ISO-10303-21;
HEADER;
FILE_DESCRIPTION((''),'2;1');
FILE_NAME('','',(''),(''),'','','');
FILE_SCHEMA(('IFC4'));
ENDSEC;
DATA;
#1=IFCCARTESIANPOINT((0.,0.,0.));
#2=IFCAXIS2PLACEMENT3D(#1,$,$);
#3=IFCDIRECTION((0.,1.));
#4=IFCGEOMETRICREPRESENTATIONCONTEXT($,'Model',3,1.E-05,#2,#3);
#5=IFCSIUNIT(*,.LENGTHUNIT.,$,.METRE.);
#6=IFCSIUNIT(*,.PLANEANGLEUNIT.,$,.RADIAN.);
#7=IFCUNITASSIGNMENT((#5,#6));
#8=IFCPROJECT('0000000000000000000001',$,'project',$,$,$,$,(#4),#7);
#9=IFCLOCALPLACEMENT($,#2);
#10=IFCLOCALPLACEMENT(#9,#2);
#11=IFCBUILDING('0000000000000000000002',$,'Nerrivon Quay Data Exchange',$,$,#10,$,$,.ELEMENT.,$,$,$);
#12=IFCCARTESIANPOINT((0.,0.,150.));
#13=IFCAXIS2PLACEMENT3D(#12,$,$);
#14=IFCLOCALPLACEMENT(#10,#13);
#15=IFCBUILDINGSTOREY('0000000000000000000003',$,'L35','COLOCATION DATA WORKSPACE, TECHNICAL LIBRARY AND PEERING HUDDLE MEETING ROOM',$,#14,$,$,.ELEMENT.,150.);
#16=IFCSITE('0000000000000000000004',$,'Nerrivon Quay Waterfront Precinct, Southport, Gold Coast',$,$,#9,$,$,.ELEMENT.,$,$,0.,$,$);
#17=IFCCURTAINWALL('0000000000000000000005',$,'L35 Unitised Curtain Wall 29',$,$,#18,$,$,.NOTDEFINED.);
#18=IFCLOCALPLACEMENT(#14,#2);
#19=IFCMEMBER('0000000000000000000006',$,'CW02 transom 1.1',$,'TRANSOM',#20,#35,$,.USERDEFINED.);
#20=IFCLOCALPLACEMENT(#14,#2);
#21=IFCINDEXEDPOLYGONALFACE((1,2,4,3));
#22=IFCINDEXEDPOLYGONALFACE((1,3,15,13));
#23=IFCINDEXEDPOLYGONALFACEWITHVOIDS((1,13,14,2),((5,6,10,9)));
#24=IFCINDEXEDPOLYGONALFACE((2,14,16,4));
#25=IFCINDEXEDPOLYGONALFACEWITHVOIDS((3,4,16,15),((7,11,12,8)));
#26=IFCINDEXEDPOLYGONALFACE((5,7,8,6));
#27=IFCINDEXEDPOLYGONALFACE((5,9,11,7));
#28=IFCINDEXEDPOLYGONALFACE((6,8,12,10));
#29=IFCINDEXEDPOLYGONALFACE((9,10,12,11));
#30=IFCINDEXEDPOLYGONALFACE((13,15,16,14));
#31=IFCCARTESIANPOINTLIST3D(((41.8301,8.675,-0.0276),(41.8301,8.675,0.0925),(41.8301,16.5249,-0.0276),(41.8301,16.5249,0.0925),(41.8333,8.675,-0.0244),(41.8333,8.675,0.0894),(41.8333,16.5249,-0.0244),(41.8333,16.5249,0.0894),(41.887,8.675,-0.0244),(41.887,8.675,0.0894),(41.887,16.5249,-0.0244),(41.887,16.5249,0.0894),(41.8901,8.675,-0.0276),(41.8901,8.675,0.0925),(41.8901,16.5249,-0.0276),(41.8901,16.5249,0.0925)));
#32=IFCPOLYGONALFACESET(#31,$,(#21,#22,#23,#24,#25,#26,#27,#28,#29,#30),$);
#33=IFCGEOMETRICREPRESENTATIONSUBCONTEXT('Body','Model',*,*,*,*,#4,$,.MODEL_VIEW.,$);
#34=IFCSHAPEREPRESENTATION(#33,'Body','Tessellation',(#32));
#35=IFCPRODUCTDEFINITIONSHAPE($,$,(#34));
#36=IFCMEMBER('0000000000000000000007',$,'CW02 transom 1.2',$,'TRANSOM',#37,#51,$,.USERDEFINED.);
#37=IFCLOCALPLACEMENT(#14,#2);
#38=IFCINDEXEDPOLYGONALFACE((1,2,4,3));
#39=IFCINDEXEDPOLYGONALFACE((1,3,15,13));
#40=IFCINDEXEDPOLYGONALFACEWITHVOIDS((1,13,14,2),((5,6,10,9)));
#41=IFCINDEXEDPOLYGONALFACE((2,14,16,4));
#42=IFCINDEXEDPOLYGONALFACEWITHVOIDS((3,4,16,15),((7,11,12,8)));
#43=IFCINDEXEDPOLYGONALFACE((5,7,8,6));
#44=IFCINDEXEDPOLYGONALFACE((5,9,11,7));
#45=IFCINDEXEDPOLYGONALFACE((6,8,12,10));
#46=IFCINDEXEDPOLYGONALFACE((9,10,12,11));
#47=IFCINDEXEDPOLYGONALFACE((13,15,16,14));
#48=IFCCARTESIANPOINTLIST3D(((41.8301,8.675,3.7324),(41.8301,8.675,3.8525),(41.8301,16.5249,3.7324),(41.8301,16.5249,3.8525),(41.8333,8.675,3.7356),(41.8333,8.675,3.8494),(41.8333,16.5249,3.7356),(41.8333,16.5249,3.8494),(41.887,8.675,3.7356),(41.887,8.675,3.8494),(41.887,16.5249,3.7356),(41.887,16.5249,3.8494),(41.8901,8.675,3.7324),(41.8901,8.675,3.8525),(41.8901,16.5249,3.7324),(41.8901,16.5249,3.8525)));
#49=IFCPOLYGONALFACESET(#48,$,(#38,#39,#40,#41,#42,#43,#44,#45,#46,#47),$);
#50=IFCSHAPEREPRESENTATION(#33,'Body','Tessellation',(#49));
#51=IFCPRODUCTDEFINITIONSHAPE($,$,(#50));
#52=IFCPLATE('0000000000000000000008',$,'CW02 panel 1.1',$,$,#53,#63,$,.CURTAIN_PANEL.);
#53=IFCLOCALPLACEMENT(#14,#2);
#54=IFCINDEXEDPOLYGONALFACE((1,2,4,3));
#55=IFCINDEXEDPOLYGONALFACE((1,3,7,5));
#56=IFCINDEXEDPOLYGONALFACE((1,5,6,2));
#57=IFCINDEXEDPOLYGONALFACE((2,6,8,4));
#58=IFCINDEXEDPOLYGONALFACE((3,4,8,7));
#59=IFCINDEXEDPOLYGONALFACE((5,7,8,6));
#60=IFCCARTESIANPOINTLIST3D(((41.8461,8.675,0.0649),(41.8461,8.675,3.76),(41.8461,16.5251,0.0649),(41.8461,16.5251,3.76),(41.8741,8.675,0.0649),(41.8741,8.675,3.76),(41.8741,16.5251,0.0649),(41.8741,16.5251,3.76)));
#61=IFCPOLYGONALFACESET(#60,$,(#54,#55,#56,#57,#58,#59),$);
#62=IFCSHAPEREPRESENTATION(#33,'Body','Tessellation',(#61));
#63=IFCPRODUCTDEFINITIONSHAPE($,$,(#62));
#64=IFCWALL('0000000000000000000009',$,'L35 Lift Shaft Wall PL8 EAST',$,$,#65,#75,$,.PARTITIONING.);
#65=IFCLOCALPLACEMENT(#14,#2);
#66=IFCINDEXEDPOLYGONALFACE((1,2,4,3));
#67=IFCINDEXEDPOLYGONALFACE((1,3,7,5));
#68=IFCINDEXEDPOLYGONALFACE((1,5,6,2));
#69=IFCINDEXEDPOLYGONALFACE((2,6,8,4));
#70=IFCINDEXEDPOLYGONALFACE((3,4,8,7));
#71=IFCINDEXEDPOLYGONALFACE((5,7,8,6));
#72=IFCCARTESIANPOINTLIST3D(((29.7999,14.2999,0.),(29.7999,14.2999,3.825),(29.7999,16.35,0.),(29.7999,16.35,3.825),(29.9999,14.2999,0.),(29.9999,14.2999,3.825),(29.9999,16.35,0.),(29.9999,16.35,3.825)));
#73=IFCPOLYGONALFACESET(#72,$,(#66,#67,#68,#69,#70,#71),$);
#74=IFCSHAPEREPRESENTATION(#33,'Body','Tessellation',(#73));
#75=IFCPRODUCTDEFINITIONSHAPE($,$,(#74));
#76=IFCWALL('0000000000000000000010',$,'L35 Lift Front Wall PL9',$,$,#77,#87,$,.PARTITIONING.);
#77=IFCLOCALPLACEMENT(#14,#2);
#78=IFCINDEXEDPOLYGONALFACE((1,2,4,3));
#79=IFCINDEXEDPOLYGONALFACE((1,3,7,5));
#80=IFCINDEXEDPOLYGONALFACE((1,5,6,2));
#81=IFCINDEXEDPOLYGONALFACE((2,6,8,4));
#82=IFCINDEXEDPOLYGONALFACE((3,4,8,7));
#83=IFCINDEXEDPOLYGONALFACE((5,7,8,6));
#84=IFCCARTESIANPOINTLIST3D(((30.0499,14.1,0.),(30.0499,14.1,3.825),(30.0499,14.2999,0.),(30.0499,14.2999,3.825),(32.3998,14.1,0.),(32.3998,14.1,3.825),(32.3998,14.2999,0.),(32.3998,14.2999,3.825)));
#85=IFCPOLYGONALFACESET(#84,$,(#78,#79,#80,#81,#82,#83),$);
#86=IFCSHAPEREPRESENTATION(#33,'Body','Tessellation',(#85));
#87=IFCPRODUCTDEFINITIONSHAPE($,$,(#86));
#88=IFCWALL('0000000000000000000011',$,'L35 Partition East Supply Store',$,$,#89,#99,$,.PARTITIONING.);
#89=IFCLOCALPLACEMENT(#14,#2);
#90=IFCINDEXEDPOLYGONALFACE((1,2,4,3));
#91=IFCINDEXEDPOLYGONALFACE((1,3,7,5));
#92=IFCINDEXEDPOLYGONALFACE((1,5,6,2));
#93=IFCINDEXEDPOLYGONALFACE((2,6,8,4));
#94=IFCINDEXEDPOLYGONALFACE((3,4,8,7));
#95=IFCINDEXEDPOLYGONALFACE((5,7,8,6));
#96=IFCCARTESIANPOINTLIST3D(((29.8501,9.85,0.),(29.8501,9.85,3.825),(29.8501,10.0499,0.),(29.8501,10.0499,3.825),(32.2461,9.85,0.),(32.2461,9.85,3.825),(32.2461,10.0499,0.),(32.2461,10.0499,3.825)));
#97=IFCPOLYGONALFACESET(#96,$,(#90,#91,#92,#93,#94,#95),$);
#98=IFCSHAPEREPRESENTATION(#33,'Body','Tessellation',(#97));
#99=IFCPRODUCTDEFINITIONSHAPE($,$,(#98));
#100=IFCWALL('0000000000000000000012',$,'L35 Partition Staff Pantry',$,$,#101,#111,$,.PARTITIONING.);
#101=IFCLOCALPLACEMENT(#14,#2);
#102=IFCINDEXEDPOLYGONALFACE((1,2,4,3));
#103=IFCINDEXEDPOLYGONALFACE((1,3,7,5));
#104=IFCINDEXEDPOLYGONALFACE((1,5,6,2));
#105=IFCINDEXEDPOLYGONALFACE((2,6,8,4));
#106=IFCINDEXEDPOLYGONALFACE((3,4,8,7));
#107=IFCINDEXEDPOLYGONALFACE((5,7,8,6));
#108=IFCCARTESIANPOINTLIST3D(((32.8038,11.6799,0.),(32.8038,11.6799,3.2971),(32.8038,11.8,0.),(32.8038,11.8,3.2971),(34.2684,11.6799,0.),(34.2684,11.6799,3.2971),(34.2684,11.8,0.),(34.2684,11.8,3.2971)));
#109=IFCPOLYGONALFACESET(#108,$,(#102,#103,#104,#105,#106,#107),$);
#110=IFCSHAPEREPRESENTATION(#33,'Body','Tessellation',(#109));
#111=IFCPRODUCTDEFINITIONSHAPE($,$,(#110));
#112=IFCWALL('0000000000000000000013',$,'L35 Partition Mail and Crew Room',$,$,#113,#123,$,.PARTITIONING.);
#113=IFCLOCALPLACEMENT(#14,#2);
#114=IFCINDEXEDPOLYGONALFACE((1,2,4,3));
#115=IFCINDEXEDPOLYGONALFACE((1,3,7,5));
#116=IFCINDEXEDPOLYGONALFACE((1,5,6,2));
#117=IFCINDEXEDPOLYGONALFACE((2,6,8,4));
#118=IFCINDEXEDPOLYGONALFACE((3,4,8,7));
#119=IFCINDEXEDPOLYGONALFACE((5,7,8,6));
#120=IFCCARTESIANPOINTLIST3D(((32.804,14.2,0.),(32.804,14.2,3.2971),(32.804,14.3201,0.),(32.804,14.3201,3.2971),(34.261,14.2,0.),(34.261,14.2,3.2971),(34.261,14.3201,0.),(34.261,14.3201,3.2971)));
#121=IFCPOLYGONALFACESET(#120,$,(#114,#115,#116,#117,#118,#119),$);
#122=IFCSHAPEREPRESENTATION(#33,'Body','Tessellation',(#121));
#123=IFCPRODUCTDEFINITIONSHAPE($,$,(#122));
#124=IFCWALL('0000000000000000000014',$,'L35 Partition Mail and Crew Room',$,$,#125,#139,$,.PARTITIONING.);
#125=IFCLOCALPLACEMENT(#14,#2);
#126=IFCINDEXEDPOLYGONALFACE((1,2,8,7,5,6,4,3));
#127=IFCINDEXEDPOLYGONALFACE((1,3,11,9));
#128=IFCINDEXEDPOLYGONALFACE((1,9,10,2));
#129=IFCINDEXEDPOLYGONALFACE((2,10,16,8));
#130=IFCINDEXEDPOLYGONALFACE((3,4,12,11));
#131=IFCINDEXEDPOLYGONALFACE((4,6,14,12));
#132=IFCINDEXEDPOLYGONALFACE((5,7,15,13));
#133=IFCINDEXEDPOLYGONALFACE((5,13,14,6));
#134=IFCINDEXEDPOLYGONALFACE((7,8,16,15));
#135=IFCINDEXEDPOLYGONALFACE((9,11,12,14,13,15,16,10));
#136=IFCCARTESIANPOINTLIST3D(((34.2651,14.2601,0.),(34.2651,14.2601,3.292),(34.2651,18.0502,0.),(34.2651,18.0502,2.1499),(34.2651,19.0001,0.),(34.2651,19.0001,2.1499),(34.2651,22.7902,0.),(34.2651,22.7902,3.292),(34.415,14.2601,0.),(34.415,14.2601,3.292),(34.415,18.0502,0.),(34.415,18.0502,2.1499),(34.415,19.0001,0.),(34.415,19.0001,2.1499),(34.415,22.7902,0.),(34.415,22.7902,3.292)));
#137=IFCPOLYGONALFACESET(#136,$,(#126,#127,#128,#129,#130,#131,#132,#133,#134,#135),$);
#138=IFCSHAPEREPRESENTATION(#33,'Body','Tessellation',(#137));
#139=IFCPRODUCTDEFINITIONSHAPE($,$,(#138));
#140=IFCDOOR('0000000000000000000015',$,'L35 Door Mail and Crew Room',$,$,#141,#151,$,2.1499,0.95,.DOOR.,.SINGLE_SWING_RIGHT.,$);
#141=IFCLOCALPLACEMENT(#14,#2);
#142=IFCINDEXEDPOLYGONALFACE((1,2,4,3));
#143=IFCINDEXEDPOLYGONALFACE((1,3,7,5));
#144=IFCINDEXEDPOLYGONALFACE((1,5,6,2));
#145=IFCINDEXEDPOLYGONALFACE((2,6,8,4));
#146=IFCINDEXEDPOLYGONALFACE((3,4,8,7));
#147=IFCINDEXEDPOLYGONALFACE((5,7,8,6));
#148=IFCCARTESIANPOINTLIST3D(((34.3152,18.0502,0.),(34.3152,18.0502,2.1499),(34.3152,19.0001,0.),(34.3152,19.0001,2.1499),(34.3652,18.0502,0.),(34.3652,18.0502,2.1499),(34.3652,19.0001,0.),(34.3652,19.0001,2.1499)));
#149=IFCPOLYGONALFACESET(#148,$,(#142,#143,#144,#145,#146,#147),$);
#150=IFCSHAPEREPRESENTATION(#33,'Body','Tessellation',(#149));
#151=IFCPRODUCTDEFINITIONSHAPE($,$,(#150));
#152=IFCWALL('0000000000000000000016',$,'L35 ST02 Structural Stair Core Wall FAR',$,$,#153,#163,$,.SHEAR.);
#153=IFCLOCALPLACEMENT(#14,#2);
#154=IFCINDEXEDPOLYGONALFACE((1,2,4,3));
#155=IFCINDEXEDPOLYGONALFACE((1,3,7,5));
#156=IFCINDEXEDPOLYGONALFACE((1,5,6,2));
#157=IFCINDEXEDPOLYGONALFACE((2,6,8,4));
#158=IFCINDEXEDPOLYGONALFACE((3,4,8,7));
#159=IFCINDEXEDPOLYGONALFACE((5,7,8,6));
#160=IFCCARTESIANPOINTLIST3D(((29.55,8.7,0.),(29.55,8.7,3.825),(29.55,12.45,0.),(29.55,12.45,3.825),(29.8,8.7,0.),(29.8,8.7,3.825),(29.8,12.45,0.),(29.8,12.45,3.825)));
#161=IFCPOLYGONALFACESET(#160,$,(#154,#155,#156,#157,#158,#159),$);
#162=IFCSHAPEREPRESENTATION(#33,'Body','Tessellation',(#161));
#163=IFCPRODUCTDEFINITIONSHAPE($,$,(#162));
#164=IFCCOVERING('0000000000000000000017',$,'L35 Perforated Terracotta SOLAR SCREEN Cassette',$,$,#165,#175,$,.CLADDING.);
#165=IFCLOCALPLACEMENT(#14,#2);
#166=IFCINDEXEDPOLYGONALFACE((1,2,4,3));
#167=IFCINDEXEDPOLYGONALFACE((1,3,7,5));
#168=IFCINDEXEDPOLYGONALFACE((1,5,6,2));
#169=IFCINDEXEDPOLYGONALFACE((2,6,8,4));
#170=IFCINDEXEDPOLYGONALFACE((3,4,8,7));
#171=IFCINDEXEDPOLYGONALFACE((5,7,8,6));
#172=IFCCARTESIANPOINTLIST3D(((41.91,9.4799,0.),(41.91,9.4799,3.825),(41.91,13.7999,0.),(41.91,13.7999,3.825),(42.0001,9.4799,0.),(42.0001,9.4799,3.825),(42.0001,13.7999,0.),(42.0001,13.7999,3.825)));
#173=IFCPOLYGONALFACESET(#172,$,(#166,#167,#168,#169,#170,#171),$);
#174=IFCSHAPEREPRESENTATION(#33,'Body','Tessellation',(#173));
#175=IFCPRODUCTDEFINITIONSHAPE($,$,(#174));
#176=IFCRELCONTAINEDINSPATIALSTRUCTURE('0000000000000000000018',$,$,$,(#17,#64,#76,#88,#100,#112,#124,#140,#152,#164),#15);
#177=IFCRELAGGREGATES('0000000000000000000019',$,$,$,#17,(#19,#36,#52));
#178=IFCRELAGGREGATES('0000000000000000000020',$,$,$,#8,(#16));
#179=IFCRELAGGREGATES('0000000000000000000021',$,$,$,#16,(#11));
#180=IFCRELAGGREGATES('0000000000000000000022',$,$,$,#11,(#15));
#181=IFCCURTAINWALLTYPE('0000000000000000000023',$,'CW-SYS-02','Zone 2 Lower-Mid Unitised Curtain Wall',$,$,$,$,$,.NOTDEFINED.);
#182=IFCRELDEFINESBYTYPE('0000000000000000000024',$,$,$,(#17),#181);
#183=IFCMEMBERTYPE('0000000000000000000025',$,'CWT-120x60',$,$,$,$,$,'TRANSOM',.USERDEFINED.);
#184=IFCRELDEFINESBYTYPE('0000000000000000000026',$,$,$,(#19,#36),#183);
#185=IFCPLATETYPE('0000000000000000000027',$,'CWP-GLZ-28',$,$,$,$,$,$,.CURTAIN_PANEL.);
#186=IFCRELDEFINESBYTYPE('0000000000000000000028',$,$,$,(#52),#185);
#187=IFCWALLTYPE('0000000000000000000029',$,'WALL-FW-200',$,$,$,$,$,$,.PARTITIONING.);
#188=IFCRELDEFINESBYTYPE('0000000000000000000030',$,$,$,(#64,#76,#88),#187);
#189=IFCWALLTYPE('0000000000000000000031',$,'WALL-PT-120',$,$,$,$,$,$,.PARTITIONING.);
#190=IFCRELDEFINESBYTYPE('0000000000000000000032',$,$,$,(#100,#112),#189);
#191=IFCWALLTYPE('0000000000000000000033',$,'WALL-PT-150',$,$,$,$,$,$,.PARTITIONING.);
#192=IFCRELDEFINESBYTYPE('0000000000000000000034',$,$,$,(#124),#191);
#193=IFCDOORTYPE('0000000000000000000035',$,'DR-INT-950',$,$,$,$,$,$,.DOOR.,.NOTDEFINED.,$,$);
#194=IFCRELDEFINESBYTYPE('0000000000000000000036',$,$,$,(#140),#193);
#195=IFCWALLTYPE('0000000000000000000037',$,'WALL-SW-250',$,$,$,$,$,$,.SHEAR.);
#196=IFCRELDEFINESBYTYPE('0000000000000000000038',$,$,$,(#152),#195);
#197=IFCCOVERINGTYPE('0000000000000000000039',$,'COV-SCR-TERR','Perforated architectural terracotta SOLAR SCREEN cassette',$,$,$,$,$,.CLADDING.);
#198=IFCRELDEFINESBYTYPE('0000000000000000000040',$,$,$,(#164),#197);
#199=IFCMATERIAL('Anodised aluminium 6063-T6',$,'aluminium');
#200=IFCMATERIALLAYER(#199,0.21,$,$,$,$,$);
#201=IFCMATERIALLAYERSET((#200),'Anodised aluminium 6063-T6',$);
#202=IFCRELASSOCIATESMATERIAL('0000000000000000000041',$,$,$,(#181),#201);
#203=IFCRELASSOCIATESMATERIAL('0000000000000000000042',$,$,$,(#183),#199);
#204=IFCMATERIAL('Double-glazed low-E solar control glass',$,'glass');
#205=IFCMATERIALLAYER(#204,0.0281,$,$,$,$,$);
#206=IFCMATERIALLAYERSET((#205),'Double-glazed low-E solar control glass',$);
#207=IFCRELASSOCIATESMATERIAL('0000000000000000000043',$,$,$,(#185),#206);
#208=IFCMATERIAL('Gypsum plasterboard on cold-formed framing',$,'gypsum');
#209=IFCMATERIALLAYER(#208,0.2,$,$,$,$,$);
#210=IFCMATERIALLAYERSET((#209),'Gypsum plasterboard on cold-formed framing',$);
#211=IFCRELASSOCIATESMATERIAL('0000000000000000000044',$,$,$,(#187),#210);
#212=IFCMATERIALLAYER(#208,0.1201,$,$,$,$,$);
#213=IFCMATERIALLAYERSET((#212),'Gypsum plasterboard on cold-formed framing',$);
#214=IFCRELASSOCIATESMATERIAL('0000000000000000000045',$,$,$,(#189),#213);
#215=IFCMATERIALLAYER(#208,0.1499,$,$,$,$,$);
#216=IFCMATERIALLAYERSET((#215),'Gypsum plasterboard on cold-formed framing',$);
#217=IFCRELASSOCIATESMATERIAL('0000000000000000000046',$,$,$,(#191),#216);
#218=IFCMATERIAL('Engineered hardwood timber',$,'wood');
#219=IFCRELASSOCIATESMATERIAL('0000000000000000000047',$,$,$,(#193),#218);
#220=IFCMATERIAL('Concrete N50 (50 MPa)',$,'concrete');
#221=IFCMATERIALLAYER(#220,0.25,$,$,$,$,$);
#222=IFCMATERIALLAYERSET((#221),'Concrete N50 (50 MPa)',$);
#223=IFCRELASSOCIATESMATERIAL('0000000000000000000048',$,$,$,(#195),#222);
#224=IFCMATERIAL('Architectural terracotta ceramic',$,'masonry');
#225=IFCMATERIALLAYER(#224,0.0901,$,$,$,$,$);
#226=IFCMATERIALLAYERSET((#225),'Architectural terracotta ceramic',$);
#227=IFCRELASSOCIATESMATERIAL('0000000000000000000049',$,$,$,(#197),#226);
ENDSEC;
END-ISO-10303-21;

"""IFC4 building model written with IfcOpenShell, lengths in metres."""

from ifc_helpers import new_model, si_unit, direction, frame, frame_2d, origin, origin_2d, place, context, subcontext, project, spatial, rectangle, hollow_rectangle, extrude, material, layer, layer_set, material_profile, profile_set, type_object, element, fill, aggregate, save


model = new_model("IFC4")

# Units and contexts
model_context = context("Model", 3, precision=1e-05, world=origin(), true_north=direction((0.0, 1.0)))
body_context = subcontext(model_context, "Body", "Model", "MODEL_VIEW")
ifc_project = project(units=[si_unit("LENGTHUNIT", "METRE"), si_unit("PLANEANGLEUNIT", "RADIAN")], contexts=[model_context])

# Site, building, storey
site_placement = place(None, origin())
site = spatial("IfcSite", under=ifc_project, at=site_placement, Name="Nerrivon Quay Waterfront Precinct, Southport, Gold Coast", CompositionType="ELEMENT", RefElevation=0.0)
building_placement = place(site_placement, origin())
building = spatial("IfcBuilding", under=site, at=building_placement, Name="Nerrivon Quay Data Exchange", CompositionType="ELEMENT")
storey_placement = place(building_placement, frame((0.0, 0.0, 150.0)))
storey = spatial("IfcBuildingStorey", under=building, at=storey_placement, Name="L35", Description="COLOCATION DATA WORKSPACE, TECHNICAL LIBRARY AND PEERING HUDDLE MEETING ROOM", CompositionType="ELEMENT", Elevation=150.0)

# Shared definitions
ifc_material_1 = material(Name="Anodised aluminium 6063-T6", Category="aluminium")
ifc_layer_1 = layer(ifc_material_1, 0.21)
ifc_layer_set_1 = layer_set([ifc_layer_1], Name="Anodised aluminium 6063-T6")
curtain_wall_type = type_object("IfcCurtainWallType", Name="CW-SYS-02", Description="Zone 2 Lower-Mid Unitised Curtain Wall", PredefinedType="NOTDEFINED", material=ifc_layer_set_1)

# Curtain wall, members, plate
curtain_wall_1_placement = place(storey_placement, origin())
curtain_wall_1 = element("IfcCurtainWall", 1, at=curtain_wall_1_placement, inside=storey, type_object=curtain_wall_type, Name="L35 Unitised Curtain Wall 29", PredefinedType="NOTDEFINED")
ifc_material_profile_1 = material_profile(ifc_material_1, hollow_rectangle(XDim=0.0601, YDim=0.1201, WallThickness=0.0032, at=origin_2d()), Name="ALU-TRAN-120x60")
ifc_profile_set_1 = profile_set([ifc_material_profile_1], Name="Anodised aluminium 6063-T6")
member_type_1 = type_object("IfcMemberType", Name="CWT-120x60", ElementType="TRANSOM", PredefinedType="USERDEFINED", material=ifc_profile_set_1)
member_1_placement = place(storey_placement, frame((41.8601, 16.5249, 0.0325), z_axis=(0.0, -1.0, 0.0), x_axis=(1.0, 0.0, 0.0)))
member_1 = element("IfcMember", 2, at=member_1_placement, type_object=member_type_1, Name="CW02 transom 1.1", ObjectType="TRANSOM", PredefinedType="USERDEFINED", context=body_context, shape_type="SweptSolid", body=[
    extrude(hollow_rectangle(XDim=0.0601, YDim=0.1201, WallThickness=0.0032, at=origin_2d()), origin(), (0.0, 0.0, 1.0), 7.8499),
])
member_2_placement = place(storey_placement, frame((41.8601, 16.5249, 3.7925), z_axis=(0.0, -1.0, 0.0), x_axis=(1.0, 0.0, 0.0)))
member_2 = element("IfcMember", 3, at=member_2_placement, type_object=member_type_1, Name="CW02 transom 1.2", ObjectType="TRANSOM", PredefinedType="USERDEFINED", context=body_context, shape_type="SweptSolid", body=[
    extrude(hollow_rectangle(XDim=0.0601, YDim=0.1201, WallThickness=0.0032, at=origin_2d()), origin(), (0.0, 0.0, 1.0), 7.8499),
])
ifc_material_2 = material(Name="Double-glazed low-E solar control glass", Category="glass")
ifc_layer_2 = layer(ifc_material_2, 0.0281)
ifc_layer_set_2 = layer_set([ifc_layer_2], Name="Double-glazed low-E solar control glass")
plate_type = type_object("IfcPlateType", Name="CWP-GLZ-28", PredefinedType="CURTAIN_PANEL", material=ifc_layer_set_2)
plate_placement = place(storey_placement, frame((41.8601, 12.6001, 0.0649), z_axis=(0.0, 0.0, 1.0), x_axis=(0.0, -1.0, 0.0)))
plate = element("IfcPlate", 4, at=plate_placement, type_object=plate_type, Name="CW02 panel 1.1", PredefinedType="CURTAIN_PANEL", context=body_context, shape_type="SweptSolid", body=[
    extrude(rectangle(XDim=7.8501, YDim=0.0281, at=origin_2d()), origin(), (0.0, 0.0, 1.0), 3.6951),
])
aggregate(curtain_wall_1, [member_1, member_2, plate])

# Walls
ifc_material_3 = material(Name="Gypsum plasterboard on cold-formed framing", Category="gypsum")
ifc_layer_3 = layer(ifc_material_3, 0.2)
ifc_layer_set_3 = layer_set([ifc_layer_3], Name="Gypsum plasterboard on cold-formed framing")
wall_type_1 = type_object("IfcWallType", Name="WALL-FW-200", PredefinedType="PARTITIONING", material=ifc_layer_set_3)
wall_1_placement = place(storey_placement, frame((29.8999, 14.3, 0.0), z_axis=(0.0, 0.0, 1.0), x_axis=(0.0, 1.0, 0.0)))
element("IfcWall", 5, at=wall_1_placement, inside=storey, type_object=wall_type_1, Name="L35 Lift Shaft Wall PL8 EAST", PredefinedType="PARTITIONING", context=body_context, shape_type="SweptSolid", body=[
    extrude(rectangle(XDim=2.05, YDim=0.2, at=frame_2d((1.0249, 0.0))), origin(), (0.0, 0.0, 1.0), 3.825),
])
wall_2_placement = place(storey_placement, frame((30.05, 14.2, 0.0), z_axis=(0.0, 0.0, 1.0), x_axis=(1.0, 0.0, 0.0)))
element("IfcWall", 6, at=wall_2_placement, inside=storey, type_object=wall_type_1, Name="L35 Lift Front Wall PL9", PredefinedType="PARTITIONING", context=body_context, shape_type="SweptSolid", body=[
    extrude(rectangle(XDim=2.3499, YDim=0.2, at=frame_2d((1.1748, 0.0))), origin(), (0.0, 0.0, 1.0), 3.825),
])

# Shared definitions
ifc_material_4 = material(Name="Engineered hardwood timber", Category="wood")

# Walls
wall_3_placement = place(storey_placement, frame((29.8501, 9.95, 0.0), z_axis=(0.0, 0.0, 1.0), x_axis=(1.0, 0.0, 0.0)))
element("IfcWall", 7, at=wall_3_placement, inside=storey, type_object=wall_type_1, Name="L35 Partition East Supply Store", PredefinedType="PARTITIONING", context=body_context, shape_type="SweptSolid", body=[
    extrude(rectangle(XDim=2.396, YDim=0.2, at=frame_2d((1.198, 0.0))), origin(), (0.0, 0.0, 1.0), 3.825),
])
ifc_layer_4 = layer(ifc_material_3, 0.1201)
ifc_layer_set_4 = layer_set([ifc_layer_4], Name="Gypsum plasterboard on cold-formed framing")
wall_type_2 = type_object("IfcWallType", Name="WALL-PT-120", PredefinedType="PARTITIONING", material=ifc_layer_set_4)
wall_4_placement = place(storey_placement, frame((34.2686, 11.74, 0.0), z_axis=(0.0, 0.0, 1.0), x_axis=(-1.0, 0.0, 0.0)))
element("IfcWall", 8, at=wall_4_placement, inside=storey, type_object=wall_type_2, Name="L35 Partition Staff Pantry", PredefinedType="PARTITIONING", context=body_context, shape_type="SweptSolid", body=[
    extrude(rectangle(XDim=1.4646, YDim=0.1201, at=frame_2d((0.7324, 0.0))), origin(), (0.0, 0.0, 1.0), 3.2971),
])
wall_5_placement = place(storey_placement, frame((32.804, 14.26, 0.0), z_axis=(0.0, 0.0, 1.0), x_axis=(1.0, 0.0, 0.0)))
element("IfcWall", 9, at=wall_5_placement, inside=storey, type_object=wall_type_2, Name="L35 Partition Mail and Crew Room", PredefinedType="PARTITIONING", context=body_context, shape_type="SweptSolid", body=[
    extrude(rectangle(XDim=1.457, YDim=0.1201, at=frame_2d((0.7285, 0.0))), origin(), (0.0, 0.0, 1.0), 3.2971),
])

# Wall, opening, door
ifc_layer_5 = layer(ifc_material_3, 0.1499)
ifc_layer_set_5 = layer_set([ifc_layer_5], Name="Gypsum plasterboard on cold-formed framing")
wall_type_3 = type_object("IfcWallType", Name="WALL-PT-150", PredefinedType="PARTITIONING", material=ifc_layer_set_5)
wall_6_placement = place(storey_placement, frame((34.3401, 14.26, 0.0), z_axis=(0.0, 0.0, 1.0), x_axis=(0.0, 1.0, 0.0)))
wall_6 = element("IfcWall", 10, at=wall_6_placement, inside=storey, type_object=wall_type_3, Name="L35 Partition Mail and Crew Room", PredefinedType="PARTITIONING", context=body_context, shape_type="SweptSolid", body=[
    extrude(rectangle(XDim=8.53, YDim=0.1499, at=frame_2d((4.2651, 0.0))), origin(), (0.0, 0.0, 1.0), 3.292),
])
opening_1_placement = place(wall_6_placement, frame((3.79, 0.0, 0.0)))
opening_1 = element("IfcOpeningElement", 11, at=opening_1_placement, cuts=wall_6, PredefinedType="OPENING", context=body_context, shape_type="SweptSolid", body=[
    extrude(rectangle(XDim=0.95, YDim=2.1499, at=frame_2d((0.4751, 1.075))), frame((0.0, 0.085, 0.0), z_axis=(0.0, -1.0, 0.0), x_axis=(1.0, 0.0, 0.0)), (0.0, 0.0, 1.0), 0.1699),
])
door_type_1 = type_object("IfcDoorType", Name="DR-INT-950", OperationType="NOTDEFINED", PredefinedType="DOOR", material=ifc_material_4)
door_1_placement = place(opening_1_placement, origin())
door_1 = element("IfcDoor", 12, at=door_1_placement, inside=storey, type_object=door_type_1, Name="L35 Door Mail and Crew Room", OperationType="SINGLE_SWING_RIGHT", OverallHeight=2.1499, OverallWidth=0.95, PredefinedType="DOOR", context=body_context, shape_type="SweptSolid", body=[
    extrude(rectangle(XDim=0.95, YDim=2.1499, at=frame_2d((0.4751, 1.075))), frame((0.0, 0.0249, 0.0), z_axis=(0.0, -1.0, 0.0), x_axis=(1.0, 0.0, 0.0)), (0.0, 0.0, 1.0), 0.05),
])
fill(opening_1, door_1)

# Wall
ifc_material_5 = material(Name="Concrete N50 (50 MPa)", Category="concrete")
ifc_layer_6 = layer(ifc_material_5, 0.25)
ifc_layer_set_6 = layer_set([ifc_layer_6], Name="Concrete N50 (50 MPa)")
wall_type_4 = type_object("IfcWallType", Name="WALL-SW-250", PredefinedType="SHEAR", material=ifc_layer_set_6)
wall_7_placement = place(storey_placement, frame((29.675, 8.7, 0.0), z_axis=(0.0, 0.0, 1.0), x_axis=(0.0, 1.0, 0.0)))
element("IfcWall", 13, at=wall_7_placement, inside=storey, type_object=wall_type_4, Name="L35 ST02 Structural Stair Core Wall FAR", PredefinedType="SHEAR", context=body_context, shape_type="SweptSolid", body=[
    extrude(rectangle(XDim=3.75, YDim=0.25, at=frame_2d((1.875, 0.0))), origin(), (0.0, 0.0, 1.0), 3.825),
])

# Covering
ifc_material_6 = material(Name="Architectural terracotta ceramic", Category="masonry")
ifc_layer_7 = layer(ifc_material_6, 0.0901)
ifc_layer_set_7 = layer_set([ifc_layer_7], Name="Architectural terracotta ceramic")
covering_type = type_object("IfcCoveringType", Name="COV-SCR-TERR", Description="Perforated architectural terracotta SOLAR SCREEN cassette", PredefinedType="CLADDING", material=ifc_layer_set_7)
covering_placement = place(storey_placement, frame((41.9551, 11.6399, 0.0), z_axis=(0.0, 0.0, 1.0), x_axis=(0.0, -1.0, 0.0)))
element("IfcCovering", 14, at=covering_placement, inside=storey, type_object=covering_type, Name="L35 Perforated Terracotta SOLAR SCREEN Cassette", PredefinedType="CLADDING", context=body_context, shape_type="SweptSolid", body=[
    extrude(rectangle(XDim=4.3201, YDim=0.0901, at=origin_2d()), origin(), (0.0, 0.0, 1.0), 3.825),
])

save(model, "model.ifc")
